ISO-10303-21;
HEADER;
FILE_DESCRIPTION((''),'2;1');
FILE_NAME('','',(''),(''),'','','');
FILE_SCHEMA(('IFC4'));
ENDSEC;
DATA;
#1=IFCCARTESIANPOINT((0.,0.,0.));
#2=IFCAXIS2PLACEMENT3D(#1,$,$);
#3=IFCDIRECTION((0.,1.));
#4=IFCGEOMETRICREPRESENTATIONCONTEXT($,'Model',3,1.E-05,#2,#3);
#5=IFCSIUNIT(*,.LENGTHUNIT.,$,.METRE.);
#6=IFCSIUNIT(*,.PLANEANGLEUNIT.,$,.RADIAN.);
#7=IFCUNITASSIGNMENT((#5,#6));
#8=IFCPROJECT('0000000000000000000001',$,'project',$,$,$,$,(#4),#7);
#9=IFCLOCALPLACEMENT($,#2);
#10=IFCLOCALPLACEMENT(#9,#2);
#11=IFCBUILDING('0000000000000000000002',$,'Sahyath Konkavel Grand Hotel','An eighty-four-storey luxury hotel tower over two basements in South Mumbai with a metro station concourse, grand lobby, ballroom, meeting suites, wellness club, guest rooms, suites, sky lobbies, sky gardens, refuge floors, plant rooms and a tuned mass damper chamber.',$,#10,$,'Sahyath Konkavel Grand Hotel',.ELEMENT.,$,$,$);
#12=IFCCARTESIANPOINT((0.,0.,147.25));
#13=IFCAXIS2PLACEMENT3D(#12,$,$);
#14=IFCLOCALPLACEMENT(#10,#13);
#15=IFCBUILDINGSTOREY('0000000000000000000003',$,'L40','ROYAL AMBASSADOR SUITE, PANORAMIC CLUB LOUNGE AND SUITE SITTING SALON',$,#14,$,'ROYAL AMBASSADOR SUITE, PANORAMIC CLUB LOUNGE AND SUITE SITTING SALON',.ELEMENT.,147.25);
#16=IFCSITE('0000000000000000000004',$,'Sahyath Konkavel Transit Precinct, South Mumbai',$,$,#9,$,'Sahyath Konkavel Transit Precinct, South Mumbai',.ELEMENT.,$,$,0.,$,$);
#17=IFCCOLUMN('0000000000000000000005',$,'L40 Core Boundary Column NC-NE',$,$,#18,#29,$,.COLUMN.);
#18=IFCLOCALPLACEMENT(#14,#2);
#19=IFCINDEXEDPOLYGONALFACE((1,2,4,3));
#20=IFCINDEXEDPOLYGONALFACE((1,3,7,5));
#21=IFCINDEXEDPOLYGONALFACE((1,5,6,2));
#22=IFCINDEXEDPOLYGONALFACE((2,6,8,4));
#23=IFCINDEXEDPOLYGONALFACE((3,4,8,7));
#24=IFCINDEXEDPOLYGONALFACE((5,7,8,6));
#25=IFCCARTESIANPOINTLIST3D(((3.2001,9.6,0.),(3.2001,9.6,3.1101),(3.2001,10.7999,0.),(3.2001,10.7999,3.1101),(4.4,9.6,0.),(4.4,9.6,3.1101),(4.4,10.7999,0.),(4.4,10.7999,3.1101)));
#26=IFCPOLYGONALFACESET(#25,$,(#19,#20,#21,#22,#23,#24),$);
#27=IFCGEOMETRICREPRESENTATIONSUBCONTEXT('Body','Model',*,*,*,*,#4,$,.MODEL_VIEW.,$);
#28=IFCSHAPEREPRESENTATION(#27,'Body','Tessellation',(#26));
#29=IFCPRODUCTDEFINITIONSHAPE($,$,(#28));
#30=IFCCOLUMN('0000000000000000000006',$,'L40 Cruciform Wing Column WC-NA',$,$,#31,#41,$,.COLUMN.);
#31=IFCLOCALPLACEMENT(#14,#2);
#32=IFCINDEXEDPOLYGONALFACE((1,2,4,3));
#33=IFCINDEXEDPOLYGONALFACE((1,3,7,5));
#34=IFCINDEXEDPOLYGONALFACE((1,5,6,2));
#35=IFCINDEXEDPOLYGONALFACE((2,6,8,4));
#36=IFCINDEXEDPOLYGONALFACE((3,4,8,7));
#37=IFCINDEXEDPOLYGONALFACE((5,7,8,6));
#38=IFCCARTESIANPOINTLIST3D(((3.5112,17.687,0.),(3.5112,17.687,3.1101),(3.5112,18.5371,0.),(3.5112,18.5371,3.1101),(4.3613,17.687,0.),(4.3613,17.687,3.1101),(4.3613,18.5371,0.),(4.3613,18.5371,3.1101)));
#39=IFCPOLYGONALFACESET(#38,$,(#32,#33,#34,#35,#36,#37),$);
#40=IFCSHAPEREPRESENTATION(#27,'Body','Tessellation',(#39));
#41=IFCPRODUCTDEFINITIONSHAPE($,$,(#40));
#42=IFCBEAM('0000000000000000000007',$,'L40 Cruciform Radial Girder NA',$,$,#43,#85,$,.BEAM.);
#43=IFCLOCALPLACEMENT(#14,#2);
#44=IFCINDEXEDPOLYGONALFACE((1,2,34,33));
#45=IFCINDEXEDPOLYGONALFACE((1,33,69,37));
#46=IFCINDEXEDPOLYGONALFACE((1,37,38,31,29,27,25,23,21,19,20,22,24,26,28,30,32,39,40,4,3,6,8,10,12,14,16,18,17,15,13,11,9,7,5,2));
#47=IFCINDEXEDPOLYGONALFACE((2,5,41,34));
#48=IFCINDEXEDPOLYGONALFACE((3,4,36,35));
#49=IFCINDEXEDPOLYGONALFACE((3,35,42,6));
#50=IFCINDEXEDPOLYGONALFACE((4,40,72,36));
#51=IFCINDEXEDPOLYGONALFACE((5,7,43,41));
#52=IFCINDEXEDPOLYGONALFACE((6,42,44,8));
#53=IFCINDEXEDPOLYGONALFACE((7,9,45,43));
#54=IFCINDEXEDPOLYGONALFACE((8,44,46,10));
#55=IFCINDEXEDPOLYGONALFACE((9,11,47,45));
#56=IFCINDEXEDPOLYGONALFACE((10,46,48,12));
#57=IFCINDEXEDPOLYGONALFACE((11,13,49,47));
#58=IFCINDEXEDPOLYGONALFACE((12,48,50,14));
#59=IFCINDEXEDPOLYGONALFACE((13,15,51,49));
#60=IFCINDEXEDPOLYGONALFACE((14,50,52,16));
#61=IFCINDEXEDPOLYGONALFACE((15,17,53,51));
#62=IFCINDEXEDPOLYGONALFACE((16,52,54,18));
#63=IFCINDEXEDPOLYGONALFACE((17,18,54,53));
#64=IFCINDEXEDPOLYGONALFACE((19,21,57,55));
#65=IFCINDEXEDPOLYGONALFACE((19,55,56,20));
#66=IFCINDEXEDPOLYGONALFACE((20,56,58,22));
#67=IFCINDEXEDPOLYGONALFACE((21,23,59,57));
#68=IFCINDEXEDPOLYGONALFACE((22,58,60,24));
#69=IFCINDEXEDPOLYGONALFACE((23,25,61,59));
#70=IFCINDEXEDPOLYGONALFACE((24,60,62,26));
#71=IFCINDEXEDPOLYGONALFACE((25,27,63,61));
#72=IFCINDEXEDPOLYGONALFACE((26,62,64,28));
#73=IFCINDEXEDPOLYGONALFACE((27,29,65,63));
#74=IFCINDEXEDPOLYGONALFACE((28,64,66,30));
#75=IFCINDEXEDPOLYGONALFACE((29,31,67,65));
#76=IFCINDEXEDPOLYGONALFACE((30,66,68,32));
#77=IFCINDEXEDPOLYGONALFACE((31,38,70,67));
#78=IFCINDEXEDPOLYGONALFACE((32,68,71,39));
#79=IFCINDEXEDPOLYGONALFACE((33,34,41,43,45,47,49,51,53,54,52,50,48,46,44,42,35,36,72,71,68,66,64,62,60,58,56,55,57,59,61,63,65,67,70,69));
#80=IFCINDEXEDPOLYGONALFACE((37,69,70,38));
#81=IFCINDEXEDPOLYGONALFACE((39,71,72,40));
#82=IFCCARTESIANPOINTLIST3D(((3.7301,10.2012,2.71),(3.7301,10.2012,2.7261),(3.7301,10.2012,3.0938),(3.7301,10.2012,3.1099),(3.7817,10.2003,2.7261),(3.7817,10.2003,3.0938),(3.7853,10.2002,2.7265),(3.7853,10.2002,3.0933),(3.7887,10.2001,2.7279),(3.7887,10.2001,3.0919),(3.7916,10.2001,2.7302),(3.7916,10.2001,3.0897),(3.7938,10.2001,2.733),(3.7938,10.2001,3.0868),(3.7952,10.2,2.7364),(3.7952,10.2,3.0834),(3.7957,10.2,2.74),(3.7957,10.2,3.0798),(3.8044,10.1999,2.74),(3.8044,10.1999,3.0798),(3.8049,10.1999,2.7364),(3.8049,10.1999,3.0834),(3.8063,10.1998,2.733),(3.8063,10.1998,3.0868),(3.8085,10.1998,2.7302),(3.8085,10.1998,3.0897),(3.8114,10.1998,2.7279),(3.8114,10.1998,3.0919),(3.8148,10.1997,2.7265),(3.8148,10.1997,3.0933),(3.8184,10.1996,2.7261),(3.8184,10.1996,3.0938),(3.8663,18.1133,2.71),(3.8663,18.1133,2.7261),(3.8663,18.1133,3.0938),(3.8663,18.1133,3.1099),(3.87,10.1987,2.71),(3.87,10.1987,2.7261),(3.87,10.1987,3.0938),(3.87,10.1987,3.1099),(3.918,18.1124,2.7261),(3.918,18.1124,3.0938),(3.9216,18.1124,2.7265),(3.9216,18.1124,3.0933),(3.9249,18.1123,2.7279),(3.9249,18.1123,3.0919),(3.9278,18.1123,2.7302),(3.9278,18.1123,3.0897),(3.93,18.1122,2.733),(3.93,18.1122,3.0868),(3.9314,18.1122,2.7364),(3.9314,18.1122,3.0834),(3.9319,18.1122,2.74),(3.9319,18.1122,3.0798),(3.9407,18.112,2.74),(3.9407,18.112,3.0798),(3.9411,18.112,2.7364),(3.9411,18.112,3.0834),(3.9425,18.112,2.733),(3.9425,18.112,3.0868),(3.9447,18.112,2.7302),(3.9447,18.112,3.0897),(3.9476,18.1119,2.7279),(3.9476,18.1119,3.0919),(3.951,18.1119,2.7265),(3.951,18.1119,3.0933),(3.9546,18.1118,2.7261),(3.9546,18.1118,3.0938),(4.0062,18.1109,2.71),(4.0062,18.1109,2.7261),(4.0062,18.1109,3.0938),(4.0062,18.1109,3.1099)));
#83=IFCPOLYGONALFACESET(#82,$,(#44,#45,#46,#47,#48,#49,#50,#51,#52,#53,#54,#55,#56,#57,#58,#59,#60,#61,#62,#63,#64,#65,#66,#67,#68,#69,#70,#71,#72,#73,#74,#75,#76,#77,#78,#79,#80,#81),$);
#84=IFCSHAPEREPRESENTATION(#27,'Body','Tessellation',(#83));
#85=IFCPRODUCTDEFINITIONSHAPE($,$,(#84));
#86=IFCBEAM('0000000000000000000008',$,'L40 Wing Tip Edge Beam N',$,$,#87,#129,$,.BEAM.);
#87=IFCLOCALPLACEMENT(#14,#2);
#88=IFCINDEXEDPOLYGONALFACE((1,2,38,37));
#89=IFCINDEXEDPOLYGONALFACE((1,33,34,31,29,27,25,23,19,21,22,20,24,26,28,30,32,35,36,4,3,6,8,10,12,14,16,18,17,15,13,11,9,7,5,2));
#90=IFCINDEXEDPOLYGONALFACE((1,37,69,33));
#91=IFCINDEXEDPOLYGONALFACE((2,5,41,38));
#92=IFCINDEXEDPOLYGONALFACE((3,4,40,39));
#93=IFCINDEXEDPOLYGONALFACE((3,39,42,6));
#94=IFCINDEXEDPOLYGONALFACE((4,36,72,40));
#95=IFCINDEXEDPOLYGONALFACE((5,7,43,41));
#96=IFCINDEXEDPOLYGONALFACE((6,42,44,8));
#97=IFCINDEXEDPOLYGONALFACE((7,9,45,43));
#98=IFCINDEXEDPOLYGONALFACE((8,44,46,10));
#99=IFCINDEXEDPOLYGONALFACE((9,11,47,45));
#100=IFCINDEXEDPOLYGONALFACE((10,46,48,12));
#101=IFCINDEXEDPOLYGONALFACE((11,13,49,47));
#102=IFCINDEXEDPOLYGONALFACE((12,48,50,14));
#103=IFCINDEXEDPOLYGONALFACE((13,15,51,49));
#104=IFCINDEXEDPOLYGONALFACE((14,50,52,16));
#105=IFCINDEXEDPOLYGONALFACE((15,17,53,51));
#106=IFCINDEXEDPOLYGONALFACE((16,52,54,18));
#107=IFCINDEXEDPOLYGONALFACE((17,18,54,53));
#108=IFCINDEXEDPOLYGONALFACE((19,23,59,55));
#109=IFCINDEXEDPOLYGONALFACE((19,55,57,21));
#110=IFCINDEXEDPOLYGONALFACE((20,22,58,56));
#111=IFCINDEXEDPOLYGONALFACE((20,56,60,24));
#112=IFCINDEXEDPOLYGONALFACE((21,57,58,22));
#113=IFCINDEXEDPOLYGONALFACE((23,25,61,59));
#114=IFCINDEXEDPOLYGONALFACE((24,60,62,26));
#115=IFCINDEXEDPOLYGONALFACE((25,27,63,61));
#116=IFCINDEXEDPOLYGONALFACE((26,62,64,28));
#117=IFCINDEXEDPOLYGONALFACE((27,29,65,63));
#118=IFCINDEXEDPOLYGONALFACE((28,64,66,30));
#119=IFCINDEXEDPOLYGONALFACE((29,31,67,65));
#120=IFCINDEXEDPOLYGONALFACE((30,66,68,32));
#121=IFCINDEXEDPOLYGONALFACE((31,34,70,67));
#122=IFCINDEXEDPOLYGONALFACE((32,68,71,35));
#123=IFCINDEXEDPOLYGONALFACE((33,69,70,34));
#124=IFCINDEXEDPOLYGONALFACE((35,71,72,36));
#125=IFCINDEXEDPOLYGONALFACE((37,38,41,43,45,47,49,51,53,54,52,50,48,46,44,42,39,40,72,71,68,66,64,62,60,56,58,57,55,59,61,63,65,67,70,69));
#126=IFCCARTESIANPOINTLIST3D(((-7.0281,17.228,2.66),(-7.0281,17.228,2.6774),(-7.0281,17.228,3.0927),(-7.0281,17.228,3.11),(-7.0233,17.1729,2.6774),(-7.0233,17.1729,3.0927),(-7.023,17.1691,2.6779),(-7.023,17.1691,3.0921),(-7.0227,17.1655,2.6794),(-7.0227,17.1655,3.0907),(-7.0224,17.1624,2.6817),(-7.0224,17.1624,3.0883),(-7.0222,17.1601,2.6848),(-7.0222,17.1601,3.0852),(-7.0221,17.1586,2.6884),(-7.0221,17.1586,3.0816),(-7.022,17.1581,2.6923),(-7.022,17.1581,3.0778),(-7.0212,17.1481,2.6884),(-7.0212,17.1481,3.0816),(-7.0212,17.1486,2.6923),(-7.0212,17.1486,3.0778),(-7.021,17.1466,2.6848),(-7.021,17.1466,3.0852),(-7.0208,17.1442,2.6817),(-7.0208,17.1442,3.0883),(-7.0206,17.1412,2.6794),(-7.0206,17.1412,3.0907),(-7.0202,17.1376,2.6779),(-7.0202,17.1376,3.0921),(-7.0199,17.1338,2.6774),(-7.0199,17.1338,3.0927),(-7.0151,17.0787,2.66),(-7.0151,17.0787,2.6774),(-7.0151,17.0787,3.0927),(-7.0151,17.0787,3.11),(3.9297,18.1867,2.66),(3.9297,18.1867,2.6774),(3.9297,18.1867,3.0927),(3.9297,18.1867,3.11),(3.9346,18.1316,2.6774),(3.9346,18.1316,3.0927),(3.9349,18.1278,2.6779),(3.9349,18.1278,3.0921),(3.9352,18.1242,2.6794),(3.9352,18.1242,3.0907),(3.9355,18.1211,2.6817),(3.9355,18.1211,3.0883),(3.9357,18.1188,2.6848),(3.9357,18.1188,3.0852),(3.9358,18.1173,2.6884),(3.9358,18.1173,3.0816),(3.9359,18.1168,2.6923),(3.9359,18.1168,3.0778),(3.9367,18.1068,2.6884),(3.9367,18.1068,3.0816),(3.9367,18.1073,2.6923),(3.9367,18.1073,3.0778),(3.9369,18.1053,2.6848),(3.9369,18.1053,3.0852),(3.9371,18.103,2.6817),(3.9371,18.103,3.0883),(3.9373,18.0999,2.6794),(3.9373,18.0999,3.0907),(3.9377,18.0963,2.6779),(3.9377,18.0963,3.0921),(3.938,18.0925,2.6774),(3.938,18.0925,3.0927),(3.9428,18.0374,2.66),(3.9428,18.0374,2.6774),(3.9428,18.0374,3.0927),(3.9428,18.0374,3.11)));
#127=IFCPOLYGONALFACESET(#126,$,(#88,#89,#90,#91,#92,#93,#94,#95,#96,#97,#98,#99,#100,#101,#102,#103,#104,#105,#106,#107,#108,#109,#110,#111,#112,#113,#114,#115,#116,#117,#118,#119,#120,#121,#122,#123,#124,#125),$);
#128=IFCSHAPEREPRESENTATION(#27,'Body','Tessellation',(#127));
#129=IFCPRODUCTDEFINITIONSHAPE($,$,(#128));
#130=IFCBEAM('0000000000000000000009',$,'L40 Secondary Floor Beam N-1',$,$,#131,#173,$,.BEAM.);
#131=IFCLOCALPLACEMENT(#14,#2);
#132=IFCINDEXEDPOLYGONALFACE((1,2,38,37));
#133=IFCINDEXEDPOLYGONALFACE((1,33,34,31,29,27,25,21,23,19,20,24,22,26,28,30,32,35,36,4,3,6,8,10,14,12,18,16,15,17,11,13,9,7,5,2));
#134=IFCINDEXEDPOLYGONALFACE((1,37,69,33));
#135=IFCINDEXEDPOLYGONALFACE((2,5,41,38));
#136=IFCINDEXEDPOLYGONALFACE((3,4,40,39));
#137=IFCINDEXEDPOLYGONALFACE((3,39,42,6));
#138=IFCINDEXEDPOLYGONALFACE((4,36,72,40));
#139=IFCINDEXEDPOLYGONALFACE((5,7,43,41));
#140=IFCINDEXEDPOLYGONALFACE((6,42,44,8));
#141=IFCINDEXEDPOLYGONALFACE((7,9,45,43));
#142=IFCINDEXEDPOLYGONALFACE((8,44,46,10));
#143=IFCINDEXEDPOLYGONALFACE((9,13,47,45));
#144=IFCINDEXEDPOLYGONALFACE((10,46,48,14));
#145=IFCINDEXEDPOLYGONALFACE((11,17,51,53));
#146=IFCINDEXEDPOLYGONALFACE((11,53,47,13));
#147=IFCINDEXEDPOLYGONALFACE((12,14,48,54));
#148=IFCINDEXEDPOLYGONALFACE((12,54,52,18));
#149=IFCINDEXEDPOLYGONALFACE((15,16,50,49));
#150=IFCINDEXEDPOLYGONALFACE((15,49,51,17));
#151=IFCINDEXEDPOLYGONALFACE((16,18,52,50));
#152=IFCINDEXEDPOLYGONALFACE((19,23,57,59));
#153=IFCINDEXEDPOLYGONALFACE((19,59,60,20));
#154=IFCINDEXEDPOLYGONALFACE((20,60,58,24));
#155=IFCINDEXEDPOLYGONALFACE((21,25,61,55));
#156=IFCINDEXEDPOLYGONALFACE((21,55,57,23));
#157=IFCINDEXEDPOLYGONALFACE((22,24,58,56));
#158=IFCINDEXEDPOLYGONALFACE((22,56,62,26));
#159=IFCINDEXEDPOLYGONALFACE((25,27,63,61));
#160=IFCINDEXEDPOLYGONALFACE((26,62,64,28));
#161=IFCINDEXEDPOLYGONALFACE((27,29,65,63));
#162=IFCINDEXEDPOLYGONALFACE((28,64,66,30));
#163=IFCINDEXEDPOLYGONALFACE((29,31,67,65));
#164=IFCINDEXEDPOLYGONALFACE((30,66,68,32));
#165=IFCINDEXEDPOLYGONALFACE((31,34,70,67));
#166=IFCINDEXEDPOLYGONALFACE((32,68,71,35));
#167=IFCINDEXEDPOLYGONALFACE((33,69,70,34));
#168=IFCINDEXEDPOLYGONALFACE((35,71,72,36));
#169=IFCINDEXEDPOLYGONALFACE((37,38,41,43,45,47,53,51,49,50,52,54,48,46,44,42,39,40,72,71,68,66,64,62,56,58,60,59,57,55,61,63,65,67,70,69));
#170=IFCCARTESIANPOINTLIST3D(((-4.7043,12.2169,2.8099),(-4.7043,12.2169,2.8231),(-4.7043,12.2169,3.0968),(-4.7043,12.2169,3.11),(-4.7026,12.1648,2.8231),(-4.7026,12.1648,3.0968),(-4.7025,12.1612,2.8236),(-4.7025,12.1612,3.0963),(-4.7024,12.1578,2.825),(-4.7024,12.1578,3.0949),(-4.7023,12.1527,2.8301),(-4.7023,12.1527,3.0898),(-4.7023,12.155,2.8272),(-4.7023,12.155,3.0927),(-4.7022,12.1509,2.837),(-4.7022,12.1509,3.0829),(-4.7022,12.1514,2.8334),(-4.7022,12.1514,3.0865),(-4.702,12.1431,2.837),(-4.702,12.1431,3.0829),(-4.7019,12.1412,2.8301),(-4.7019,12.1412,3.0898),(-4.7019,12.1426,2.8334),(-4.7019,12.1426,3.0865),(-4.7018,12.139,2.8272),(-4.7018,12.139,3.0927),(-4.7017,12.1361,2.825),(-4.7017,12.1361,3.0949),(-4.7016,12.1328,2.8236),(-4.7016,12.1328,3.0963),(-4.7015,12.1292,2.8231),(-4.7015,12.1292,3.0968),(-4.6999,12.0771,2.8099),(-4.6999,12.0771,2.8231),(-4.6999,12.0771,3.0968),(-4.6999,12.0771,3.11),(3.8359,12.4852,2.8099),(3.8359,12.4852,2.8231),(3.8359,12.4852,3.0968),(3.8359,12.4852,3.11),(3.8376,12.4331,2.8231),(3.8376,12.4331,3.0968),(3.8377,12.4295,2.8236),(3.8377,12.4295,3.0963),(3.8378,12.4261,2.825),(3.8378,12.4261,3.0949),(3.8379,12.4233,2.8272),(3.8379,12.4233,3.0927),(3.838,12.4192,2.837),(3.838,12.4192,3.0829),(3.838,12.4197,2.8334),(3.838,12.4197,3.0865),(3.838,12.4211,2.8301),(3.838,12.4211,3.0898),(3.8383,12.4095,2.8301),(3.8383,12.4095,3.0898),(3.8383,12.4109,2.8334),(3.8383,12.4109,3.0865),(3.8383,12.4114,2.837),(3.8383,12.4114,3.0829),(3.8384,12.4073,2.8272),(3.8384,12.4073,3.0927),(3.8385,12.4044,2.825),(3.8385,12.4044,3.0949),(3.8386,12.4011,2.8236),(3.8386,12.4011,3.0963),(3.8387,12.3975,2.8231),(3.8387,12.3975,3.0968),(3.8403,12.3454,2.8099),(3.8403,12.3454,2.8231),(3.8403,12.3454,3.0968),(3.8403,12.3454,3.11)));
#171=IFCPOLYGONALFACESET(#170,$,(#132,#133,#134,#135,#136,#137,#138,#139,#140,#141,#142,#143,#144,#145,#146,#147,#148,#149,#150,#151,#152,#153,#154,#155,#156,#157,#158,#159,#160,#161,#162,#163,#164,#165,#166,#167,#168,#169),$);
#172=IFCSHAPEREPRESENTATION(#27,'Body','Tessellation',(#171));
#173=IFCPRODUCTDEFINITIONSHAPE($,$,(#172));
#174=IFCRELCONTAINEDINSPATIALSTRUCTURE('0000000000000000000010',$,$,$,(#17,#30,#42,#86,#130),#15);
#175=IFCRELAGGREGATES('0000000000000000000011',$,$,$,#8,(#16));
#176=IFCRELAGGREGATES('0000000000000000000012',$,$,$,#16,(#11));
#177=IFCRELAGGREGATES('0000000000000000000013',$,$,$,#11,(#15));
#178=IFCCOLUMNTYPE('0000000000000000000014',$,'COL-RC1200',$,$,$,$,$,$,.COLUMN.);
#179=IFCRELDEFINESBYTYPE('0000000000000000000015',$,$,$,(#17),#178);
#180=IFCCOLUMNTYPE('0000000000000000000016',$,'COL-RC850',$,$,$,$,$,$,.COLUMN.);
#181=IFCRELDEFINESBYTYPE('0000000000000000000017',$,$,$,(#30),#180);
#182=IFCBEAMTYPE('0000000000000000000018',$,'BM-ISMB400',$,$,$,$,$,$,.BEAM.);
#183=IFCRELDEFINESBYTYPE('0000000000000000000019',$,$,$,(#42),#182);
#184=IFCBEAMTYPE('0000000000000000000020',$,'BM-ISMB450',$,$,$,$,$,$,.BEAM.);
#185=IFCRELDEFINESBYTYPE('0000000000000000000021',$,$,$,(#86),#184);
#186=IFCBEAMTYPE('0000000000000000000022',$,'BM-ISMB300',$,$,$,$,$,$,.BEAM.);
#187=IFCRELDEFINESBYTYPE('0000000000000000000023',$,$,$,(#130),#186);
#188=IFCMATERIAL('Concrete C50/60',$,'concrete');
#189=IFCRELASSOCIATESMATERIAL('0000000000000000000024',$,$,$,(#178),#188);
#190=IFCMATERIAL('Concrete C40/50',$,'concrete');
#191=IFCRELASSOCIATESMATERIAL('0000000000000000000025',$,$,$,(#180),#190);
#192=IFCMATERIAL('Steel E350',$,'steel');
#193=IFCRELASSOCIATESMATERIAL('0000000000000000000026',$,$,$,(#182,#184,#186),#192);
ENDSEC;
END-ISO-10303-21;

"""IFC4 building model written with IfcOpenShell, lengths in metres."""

from ifc_helpers import new_model, si_unit, direction, frame, origin, origin_2d, place, context, subcontext, project, spatial, rectangle, i_section, extrude, source, transform, mapped, material, material_profile, profile_set, type_object, element, save


model = new_model("IFC4")

# Units and contexts
model_context = context("Model", 3, precision=1e-05, world=origin(), true_north=direction((0.0, 1.0)))
body_context = subcontext(model_context, "Body", "Model", "MODEL_VIEW")
ifc_project = project(units=[si_unit("LENGTHUNIT", "METRE"), si_unit("PLANEANGLEUNIT", "RADIAN")], contexts=[model_context])

# Site, building, storey
site_placement = place(None, origin())
site = spatial("IfcSite", under=ifc_project, at=site_placement, Name="Sahyath Konkavel Transit Precinct, South Mumbai", LongName="Sahyath Konkavel Transit Precinct, South Mumbai", CompositionType="ELEMENT", RefElevation=0.0)
building_placement = place(site_placement, origin())
building = spatial("IfcBuilding", under=site, at=building_placement, Name="Sahyath Konkavel Grand Hotel", Description="An eighty-four-storey luxury hotel tower over two basements in South Mumbai with a metro station concourse, grand lobby, ballroom, meeting suites, wellness club, guest rooms, suites, sky lobbies, sky gardens, refuge floors, plant rooms and a tuned mass damper chamber.", LongName="Sahyath Konkavel Grand Hotel", CompositionType="ELEMENT")
storey_placement = place(building_placement, frame((0.0, 0.0, 147.25)))
storey = spatial("IfcBuildingStorey", under=building, at=storey_placement, Name="L40", Description="ROYAL AMBASSADOR SUITE, PANORAMIC CLUB LOUNGE AND SUITE SITTING SALON", LongName="ROYAL AMBASSADOR SUITE, PANORAMIC CLUB LOUNGE AND SUITE SITTING SALON", CompositionType="ELEMENT", Elevation=147.25)

# Columns
ifc_material_1 = material(Name="Concrete C50/60", Category="concrete")
ifc_material_profile_1 = material_profile(ifc_material_1, rectangle(XDim=1.2, YDim=1.2, at=origin_2d()), Name="RC 1200x1200")
ifc_profile_set_1 = profile_set([ifc_material_profile_1], Name="Concrete C50/60")
column_type_1 = type_object("IfcColumnType", Name="COL-RC1200", PredefinedType="COLUMN", material=ifc_profile_set_1)
shared_shape_1 = source(origin(), body_context, "Body", "SweptSolid", [
    extrude(rectangle(XDim=1.2, YDim=1.2, at=origin_2d()), origin(), (0.0, 0.0, 1.0), 3.1101),
])
column_1_placement = place(storey_placement, frame((3.8, 10.2, 0.0), z_axis=(0.0, 0.0, 1.0), x_axis=(1.0, 0.0, 0.0)))
element("IfcColumn", 1, at=column_1_placement, inside=storey, type_object=column_type_1, Name="L40 Core Boundary Column NC-NE", PredefinedType="COLUMN", context=body_context, shape_type="MappedRepresentation", body=[
    mapped(shared_shape_1, transform((0.0, 0.0, 0.0), scale=1.0)),
])
ifc_material_2 = material(Name="Concrete C40/50", Category="concrete")
ifc_material_profile_2 = material_profile(ifc_material_2, rectangle(XDim=0.8501, YDim=0.8501, at=origin_2d()), Name="RC 850x850")
ifc_profile_set_2 = profile_set([ifc_material_profile_2], Name="Concrete C40/50")
column_type_2 = type_object("IfcColumnType", Name="COL-RC850", PredefinedType="COLUMN", material=ifc_profile_set_2)
shared_shape_2 = source(origin(), body_context, "Body", "SweptSolid", [
    extrude(rectangle(XDim=0.8501, YDim=0.8501, at=origin_2d()), origin(), (0.0, 0.0, 1.0), 3.1101),
])
column_2_placement = place(storey_placement, frame((3.9363, 18.1121, 0.0), z_axis=(0.0, 0.0, 1.0), x_axis=(1.0, 0.0, 0.0)))
element("IfcColumn", 2, at=column_2_placement, inside=storey, type_object=column_type_2, Name="L40 Cruciform Wing Column WC-NA", PredefinedType="COLUMN", context=body_context, shape_type="MappedRepresentation", body=[
    mapped(shared_shape_2, transform((0.0, 0.0, 0.0), scale=1.0)),
])

# Beams
ifc_material_3 = material(Name="Steel E350", Category="steel")
ifc_material_profile_3 = material_profile(ifc_material_3, i_section(OverallWidth=0.1399, OverallDepth=0.3999, WebThickness=0.0088, FlangeThickness=0.0161, FilletRadius=0.0139, at=origin_2d()), Name="ISMB 400")
ifc_profile_set_3 = profile_set([ifc_material_profile_3], Name="Steel E350")
beam_type_1 = type_object("IfcBeamType", Name="BM-ISMB400", PredefinedType="BEAM", material=ifc_profile_set_3)
shared_shape_3 = source(origin(), body_context, "Body", "SweptSolid", [
    extrude(i_section(OverallWidth=0.1399, OverallDepth=0.3999, WebThickness=0.0088, FlangeThickness=0.0161, FilletRadius=0.0139, at=origin_2d()), origin(), (0.0, 0.0, 1.0), 7.9133),
])
beam_1_placement = place(storey_placement, frame((3.8, 10.2, 2.9099), z_axis=(0.017215, 0.999852, 0.0), x_axis=(-0.999852, 0.017215, 0.0)))
element("IfcBeam", 3, at=beam_1_placement, inside=storey, type_object=beam_type_1, Name="L40 Cruciform Radial Girder NA", PredefinedType="BEAM", context=body_context, shape_type="MappedRepresentation", body=[
    mapped(shared_shape_3, transform((0.0, 0.0, 0.0), scale=1.0)),
])
ifc_material_profile_4 = material_profile(ifc_material_3, i_section(OverallWidth=0.1499, OverallDepth=0.45, WebThickness=0.0095, FlangeThickness=0.0173, FilletRadius=0.0149, at=origin_2d()), Name="ISMB 450")
ifc_profile_set_4 = profile_set([ifc_material_profile_4], Name="Steel E350")
beam_type_2 = type_object("IfcBeamType", Name="BM-ISMB450", PredefinedType="BEAM", material=ifc_profile_set_4)
shared_shape_4 = source(origin(), body_context, "Body", "SweptSolid", [
    extrude(i_section(OverallWidth=0.1499, OverallDepth=0.45, WebThickness=0.0095, FlangeThickness=0.0173, FilletRadius=0.0149, at=origin_2d()), origin(), (0.0, 0.0, 1.0), 10.9998),
])
beam_2_placement = place(storey_placement, frame((3.9363, 18.1121, 2.885), z_axis=(-0.996194, -0.087159, 0.0), x_axis=(0.087159, -0.996194, 0.0)))
element("IfcBeam", 4, at=beam_2_placement, inside=storey, type_object=beam_type_2, Name="L40 Wing Tip Edge Beam N", PredefinedType="BEAM", context=body_context, shape_type="MappedRepresentation", body=[
    mapped(shared_shape_4, transform((0.0, 0.0, 0.0), scale=1.0)),
])
ifc_material_profile_5 = material_profile(ifc_material_3, i_section(OverallWidth=0.1399, OverallDepth=0.3, WebThickness=0.0078, FlangeThickness=0.0132, FilletRadius=0.0139, at=origin_2d()), Name="ISMB 300")
ifc_profile_set_5 = profile_set([ifc_material_profile_5], Name="Steel E350")
beam_type_3 = type_object("IfcBeamType", Name="BM-ISMB300", PredefinedType="BEAM", material=ifc_profile_set_5)
shared_shape_5 = source(origin(), body_context, "Body", "SweptSolid", [
    extrude(i_section(OverallWidth=0.1399, OverallDepth=0.3, WebThickness=0.0078, FlangeThickness=0.0132, FilletRadius=0.0139, at=origin_2d()), origin(), (0.0, 0.0, 1.0), 8.5444),
])
beam_3_placement = place(storey_placement, frame((3.8381, 12.4153, 2.96), z_axis=(-0.999507, -0.031402, 0.0), x_axis=(0.031402, -0.999507, 0.0)))
element("IfcBeam", 5, at=beam_3_placement, inside=storey, type_object=beam_type_3, Name="L40 Secondary Floor Beam N-1", PredefinedType="BEAM", context=body_context, shape_type="MappedRepresentation", body=[
    mapped(shared_shape_5, transform((0.0, 0.0, 0.0), scale=1.0)),
])

save(model, "model.ifc")
